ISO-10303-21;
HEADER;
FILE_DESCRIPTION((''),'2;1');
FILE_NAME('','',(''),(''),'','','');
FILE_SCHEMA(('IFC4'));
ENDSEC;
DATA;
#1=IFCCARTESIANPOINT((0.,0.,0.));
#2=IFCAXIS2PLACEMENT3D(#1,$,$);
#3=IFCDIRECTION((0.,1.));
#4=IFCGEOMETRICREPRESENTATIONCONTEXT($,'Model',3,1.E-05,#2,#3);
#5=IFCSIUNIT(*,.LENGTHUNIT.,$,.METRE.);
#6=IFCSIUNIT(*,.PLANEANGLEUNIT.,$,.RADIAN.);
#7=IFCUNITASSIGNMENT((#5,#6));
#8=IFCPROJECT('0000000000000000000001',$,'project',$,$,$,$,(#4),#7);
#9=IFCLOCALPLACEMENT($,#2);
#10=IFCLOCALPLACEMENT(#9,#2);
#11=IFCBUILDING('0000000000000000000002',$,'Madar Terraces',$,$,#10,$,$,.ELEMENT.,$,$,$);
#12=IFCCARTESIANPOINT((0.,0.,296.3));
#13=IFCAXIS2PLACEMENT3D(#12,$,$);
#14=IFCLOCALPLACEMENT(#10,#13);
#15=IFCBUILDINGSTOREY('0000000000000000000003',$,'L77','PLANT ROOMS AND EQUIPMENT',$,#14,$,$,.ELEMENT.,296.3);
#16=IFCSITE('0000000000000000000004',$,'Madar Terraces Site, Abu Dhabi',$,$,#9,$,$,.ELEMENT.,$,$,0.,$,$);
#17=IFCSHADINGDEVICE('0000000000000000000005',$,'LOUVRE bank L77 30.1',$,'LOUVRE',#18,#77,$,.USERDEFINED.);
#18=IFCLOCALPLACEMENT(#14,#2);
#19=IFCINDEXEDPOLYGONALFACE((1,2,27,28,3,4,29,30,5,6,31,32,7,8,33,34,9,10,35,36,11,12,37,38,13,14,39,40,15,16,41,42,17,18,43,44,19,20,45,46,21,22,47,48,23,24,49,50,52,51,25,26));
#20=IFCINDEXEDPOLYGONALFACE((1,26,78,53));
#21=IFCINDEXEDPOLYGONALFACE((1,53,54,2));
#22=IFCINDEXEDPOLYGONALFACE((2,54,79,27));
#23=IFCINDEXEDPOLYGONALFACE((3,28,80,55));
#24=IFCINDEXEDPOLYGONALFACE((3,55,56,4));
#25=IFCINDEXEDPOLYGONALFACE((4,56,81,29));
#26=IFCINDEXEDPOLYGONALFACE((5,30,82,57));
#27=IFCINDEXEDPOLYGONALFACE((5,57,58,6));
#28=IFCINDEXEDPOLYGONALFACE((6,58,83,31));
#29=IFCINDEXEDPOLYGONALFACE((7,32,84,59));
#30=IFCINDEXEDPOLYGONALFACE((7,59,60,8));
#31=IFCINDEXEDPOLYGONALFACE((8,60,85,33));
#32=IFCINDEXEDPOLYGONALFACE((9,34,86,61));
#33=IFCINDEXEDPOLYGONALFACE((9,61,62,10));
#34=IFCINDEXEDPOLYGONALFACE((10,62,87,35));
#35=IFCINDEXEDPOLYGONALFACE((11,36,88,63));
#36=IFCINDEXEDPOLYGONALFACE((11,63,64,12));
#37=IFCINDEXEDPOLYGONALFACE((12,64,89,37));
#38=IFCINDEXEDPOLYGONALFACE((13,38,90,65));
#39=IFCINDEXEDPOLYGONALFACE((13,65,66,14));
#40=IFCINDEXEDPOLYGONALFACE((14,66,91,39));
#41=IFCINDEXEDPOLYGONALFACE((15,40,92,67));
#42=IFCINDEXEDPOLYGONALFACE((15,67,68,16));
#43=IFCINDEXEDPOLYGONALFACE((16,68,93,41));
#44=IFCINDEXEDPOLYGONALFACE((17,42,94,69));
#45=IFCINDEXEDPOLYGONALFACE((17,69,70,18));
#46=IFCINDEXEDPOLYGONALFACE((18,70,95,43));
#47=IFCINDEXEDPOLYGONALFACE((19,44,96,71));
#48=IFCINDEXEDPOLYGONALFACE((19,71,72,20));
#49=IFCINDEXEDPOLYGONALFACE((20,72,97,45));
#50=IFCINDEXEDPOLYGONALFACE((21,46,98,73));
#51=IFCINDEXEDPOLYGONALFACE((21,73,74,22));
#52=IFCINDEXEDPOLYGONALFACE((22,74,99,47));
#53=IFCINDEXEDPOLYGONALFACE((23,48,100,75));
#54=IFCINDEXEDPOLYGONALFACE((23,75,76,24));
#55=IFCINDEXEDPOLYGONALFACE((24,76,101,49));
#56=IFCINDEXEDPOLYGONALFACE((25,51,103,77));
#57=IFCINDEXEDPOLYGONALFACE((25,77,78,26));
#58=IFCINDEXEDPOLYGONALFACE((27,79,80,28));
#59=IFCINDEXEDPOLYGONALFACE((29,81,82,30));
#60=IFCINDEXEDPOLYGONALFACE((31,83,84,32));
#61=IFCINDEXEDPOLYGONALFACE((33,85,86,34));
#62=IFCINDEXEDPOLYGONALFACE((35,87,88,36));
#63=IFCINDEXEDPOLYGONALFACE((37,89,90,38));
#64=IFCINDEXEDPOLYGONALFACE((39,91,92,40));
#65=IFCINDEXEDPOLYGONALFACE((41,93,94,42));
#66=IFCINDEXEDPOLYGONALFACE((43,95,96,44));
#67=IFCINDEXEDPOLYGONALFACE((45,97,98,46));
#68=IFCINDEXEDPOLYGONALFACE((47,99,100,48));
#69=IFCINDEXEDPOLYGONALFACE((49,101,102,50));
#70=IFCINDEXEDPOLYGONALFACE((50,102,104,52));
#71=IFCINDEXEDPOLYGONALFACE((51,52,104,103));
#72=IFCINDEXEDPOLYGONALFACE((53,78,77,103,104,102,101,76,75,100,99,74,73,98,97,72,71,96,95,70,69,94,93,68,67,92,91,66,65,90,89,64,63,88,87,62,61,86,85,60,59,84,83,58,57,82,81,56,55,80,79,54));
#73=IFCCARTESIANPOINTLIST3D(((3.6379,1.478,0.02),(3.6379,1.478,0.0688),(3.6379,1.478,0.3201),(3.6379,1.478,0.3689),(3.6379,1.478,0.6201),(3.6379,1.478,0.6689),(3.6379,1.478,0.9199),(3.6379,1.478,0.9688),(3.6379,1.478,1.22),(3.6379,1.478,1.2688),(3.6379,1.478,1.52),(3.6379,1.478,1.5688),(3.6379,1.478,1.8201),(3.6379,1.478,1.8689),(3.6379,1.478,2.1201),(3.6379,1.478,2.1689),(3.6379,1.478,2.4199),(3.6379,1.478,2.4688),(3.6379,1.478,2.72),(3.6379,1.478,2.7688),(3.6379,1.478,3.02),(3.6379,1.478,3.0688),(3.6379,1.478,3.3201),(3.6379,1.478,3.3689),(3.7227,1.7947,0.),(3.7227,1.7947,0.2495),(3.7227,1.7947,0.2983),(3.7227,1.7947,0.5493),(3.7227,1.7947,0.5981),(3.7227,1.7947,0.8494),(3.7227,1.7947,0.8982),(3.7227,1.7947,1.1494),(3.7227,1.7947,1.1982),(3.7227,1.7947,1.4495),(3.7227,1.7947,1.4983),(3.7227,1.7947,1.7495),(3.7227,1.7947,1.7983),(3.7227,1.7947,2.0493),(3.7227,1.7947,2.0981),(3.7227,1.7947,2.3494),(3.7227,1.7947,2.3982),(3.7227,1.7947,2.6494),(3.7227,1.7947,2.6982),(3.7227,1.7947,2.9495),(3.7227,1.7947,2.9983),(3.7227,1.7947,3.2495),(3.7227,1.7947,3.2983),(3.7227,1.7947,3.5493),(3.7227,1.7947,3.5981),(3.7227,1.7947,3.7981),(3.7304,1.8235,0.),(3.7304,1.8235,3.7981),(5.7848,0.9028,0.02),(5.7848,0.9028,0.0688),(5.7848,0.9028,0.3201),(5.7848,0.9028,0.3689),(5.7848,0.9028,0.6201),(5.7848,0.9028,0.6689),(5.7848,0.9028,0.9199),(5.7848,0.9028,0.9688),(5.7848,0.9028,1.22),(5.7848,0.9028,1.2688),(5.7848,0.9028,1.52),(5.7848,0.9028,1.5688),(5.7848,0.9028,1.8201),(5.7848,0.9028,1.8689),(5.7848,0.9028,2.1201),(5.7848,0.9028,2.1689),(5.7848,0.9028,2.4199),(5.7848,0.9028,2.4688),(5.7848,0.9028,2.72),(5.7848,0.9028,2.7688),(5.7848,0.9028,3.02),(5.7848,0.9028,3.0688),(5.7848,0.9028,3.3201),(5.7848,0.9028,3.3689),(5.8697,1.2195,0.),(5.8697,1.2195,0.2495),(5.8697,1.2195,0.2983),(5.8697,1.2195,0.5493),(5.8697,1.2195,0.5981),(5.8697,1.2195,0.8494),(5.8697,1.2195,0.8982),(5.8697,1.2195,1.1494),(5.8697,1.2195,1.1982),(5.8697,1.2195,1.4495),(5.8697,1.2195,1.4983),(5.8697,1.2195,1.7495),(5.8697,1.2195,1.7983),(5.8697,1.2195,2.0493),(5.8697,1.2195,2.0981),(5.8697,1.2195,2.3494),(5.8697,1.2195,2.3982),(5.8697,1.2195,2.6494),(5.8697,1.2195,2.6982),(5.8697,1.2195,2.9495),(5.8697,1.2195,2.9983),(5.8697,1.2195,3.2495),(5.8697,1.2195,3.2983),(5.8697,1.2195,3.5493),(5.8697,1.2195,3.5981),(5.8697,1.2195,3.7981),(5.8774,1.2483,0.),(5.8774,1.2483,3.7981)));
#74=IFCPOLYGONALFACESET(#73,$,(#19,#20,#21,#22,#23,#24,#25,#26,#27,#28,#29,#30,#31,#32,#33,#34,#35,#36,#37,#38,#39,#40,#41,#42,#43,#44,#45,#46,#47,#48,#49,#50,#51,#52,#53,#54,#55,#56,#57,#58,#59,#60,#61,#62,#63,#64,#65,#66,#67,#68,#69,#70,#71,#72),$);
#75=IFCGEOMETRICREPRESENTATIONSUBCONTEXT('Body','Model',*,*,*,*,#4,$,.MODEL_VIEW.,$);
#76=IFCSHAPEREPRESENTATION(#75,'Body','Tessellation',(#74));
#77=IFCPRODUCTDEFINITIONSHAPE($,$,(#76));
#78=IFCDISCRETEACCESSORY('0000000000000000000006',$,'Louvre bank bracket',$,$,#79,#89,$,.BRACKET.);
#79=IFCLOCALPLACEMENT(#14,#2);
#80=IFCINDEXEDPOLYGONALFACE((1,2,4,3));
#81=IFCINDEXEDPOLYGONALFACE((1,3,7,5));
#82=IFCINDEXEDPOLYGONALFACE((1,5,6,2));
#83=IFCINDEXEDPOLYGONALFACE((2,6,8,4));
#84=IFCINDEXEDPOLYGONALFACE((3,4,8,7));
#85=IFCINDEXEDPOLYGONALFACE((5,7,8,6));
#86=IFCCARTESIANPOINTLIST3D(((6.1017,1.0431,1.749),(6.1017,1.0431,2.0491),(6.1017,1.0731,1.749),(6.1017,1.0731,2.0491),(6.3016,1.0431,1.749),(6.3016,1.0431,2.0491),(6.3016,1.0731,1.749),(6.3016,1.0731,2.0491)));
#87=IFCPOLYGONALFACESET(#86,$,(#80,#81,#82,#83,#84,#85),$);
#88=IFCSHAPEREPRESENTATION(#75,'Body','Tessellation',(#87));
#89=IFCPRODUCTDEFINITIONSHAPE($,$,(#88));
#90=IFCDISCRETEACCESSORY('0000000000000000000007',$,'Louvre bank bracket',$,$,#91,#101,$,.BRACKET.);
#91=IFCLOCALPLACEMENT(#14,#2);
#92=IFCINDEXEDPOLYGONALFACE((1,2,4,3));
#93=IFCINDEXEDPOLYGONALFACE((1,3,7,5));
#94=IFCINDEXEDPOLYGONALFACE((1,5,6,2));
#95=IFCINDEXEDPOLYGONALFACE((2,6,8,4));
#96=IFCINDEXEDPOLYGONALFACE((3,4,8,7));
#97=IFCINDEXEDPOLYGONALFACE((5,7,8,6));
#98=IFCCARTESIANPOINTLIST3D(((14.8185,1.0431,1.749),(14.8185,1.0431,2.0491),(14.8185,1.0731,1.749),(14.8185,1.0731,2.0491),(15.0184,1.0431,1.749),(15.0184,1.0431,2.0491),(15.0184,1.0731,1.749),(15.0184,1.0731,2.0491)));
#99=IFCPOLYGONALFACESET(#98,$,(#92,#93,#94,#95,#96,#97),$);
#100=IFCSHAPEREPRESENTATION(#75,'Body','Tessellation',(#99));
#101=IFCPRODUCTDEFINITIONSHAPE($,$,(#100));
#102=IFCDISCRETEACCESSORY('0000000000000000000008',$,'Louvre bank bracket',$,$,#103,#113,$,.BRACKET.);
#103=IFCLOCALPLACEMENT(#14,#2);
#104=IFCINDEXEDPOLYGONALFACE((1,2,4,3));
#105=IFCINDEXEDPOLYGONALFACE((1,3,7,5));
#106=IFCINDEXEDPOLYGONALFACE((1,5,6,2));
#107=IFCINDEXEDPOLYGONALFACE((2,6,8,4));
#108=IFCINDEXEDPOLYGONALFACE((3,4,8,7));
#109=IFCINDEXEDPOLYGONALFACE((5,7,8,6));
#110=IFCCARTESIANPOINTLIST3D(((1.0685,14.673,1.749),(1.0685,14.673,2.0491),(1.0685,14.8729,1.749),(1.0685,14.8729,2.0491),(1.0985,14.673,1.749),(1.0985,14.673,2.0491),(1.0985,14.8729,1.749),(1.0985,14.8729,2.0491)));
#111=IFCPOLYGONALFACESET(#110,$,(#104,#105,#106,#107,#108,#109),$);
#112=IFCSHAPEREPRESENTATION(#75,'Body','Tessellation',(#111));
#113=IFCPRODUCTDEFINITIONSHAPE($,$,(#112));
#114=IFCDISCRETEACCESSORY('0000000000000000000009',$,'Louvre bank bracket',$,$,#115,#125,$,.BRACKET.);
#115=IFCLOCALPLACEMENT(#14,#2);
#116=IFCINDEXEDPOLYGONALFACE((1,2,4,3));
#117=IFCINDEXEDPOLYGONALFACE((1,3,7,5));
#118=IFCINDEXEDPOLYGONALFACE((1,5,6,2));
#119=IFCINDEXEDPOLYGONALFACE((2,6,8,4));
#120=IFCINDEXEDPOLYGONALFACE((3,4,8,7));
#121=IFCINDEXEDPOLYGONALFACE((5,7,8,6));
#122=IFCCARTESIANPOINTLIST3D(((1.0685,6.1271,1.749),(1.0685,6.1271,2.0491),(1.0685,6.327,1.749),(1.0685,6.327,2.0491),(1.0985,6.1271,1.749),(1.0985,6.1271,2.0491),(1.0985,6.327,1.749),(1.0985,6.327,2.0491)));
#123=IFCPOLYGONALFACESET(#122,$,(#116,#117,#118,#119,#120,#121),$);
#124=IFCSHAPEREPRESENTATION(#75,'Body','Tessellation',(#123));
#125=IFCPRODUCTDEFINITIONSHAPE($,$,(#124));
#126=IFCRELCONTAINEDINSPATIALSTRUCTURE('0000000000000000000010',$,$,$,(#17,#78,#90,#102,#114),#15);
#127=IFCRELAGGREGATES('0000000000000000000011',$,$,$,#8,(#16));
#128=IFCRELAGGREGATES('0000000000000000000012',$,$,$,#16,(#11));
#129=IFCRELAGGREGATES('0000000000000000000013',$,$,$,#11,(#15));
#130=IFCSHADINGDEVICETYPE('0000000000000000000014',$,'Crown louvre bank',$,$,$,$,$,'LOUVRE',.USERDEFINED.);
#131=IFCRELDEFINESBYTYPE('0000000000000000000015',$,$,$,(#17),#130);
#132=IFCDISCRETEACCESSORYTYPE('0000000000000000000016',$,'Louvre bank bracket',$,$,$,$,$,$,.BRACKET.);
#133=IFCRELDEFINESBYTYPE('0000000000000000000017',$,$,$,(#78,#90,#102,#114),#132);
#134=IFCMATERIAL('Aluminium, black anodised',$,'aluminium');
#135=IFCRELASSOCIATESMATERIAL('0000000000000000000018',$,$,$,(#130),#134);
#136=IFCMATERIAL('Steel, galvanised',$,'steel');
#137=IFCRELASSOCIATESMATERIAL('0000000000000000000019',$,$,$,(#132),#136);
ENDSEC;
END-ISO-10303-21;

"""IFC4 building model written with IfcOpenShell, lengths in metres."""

from ifc_helpers import new_model, si_unit, direction, frame, origin, origin_2d, place, context, subcontext, project, spatial, polyline, rectangle, outline, extrude, material, type_object, element, save


model = new_model("IFC4")

# Units and contexts
model_context = context("Model", 3, precision=1e-05, world=origin(), true_north=direction((0.0, 1.0)))
body_context = subcontext(model_context, "Body", "Model", "MODEL_VIEW")
ifc_project = project(units=[si_unit("LENGTHUNIT", "METRE"), si_unit("PLANEANGLEUNIT", "RADIAN")], contexts=[model_context])

# Site, building, storey
site_placement = place(None, origin())
site = spatial("IfcSite", under=ifc_project, at=site_placement, Name="Madar Terraces Site, Abu Dhabi", CompositionType="ELEMENT", RefElevation=0.0)
building_placement = place(site_placement, origin())
building = spatial("IfcBuilding", under=site, at=building_placement, Name="Madar Terraces", CompositionType="ELEMENT")
storey_placement = place(building_placement, frame((0.0, 0.0, 296.3)))
storey = spatial("IfcBuildingStorey", under=building, at=storey_placement, Name="L77", Description="PLANT ROOMS AND EQUIPMENT", CompositionType="ELEMENT", Elevation=296.3)

# Shading device
ifc_material_1 = material(Name="Aluminium, black anodised", Category="aluminium")
shading_device_type = type_object("IfcShadingDeviceType", Name="Crown louvre bank", ElementType="LOUVRE", PredefinedType="USERDEFINED", material=ifc_material_1)
shading_device_1_placement = place(storey_placement, frame((3.7266, 1.8091, 0.0), z_axis=(0.965935, -0.258784, 0.0), x_axis=(0.258784, 0.965935, 0.0)))
element("IfcShadingDevice", 1, at=shading_device_1_placement, inside=storey, type_object=shading_device_type, Name="LOUVRE bank L77 30.1", ObjectType="LOUVRE", PredefinedType="USERDEFINED", context=body_context, shape_type="SweptSolid", body=[
    extrude(outline(polyline([(0.0149, 0.0), (-0.0149, 0.0), (-0.0149, 0.2495), (-0.3428, 0.02), (-0.3428, 0.0688), (-0.0149, 0.2983), (-0.0149, 0.5493), (-0.3428, 0.3201), (-0.3428, 0.3689), (-0.0149, 0.5981), (-0.0149, 0.8494), (-0.3428, 0.6201), (-0.3428, 0.6689), (-0.0149, 0.8982), (-0.0149, 1.1494), (-0.3428, 0.9199), (-0.3428, 0.9688), (-0.0149, 1.1982), (-0.0149, 1.4495), (-0.3428, 1.22), (-0.3428, 1.2688), (-0.0149, 1.4983), (-0.0149, 1.7495), (-0.3428, 1.52), (-0.3428, 1.5688), (-0.0149, 1.7983), (-0.0149, 2.0493), (-0.3428, 1.8201), (-0.3428, 1.8689), (-0.0149, 2.0981), (-0.0149, 2.3494), (-0.3428, 2.1201), (-0.3428, 2.1689), (-0.0149, 2.3982), (-0.0149, 2.6494), (-0.3428, 2.4199), (-0.3428, 2.4688), (-0.0149, 2.6982), (-0.0149, 2.9495), (-0.3428, 2.72), (-0.3428, 2.7688), (-0.0149, 2.9983), (-0.0149, 3.2495), (-0.3428, 3.02), (-0.3428, 3.0688), (-0.0149, 3.2983), (-0.0149, 3.5493), (-0.3428, 3.3201), (-0.3428, 3.3689), (-0.0149, 3.5981), (-0.0149, 3.7981), (0.0149, 3.7981), (0.0149, 0.0)])), origin(), (0.0, 0.0, 1.0), 2.2227),
])

# Discrete accessories
ifc_material_2 = material(Name="Steel, galvanised", Category="steel")
discrete_accessory_type = type_object("IfcDiscreteAccessoryType", Name="Louvre bank bracket", PredefinedType="BRACKET", material=ifc_material_2)
for number, where, z_axis, x_axis, name in (
    (2, (6.2017, 1.0581, 1.749), (0.0, 0.0, 1.0), (1.0, 0.0, 0.0), "Louvre bank bracket"),
    (3, (14.9185, 1.0581, 1.749), (0.0, 0.0, 1.0), (1.0, 0.0, 0.0), "Louvre bank bracket"),
    (4, (1.0835, 14.7729, 1.749), (0.0, 0.0, 1.0), (0.0, -1.0, 0.0), "Louvre bank bracket"),
    (5, (1.0835, 6.2271, 1.749), (0.0, 0.0, 1.0), (0.0, -1.0, 0.0), "Louvre bank bracket"),
):
    element("IfcDiscreteAccessory", number, at=place(storey_placement, frame(where, z_axis=z_axis, x_axis=x_axis)), inside=storey, type_object=discrete_accessory_type, Name=name, PredefinedType="BRACKET", context=body_context, shape_type="SweptSolid", body=[
        extrude(rectangle(XDim=0.2, YDim=0.03, at=origin_2d()), origin(), (0.0, 0.0, 1.0), 0.3),
    ])

save(model, "model.ifc")
